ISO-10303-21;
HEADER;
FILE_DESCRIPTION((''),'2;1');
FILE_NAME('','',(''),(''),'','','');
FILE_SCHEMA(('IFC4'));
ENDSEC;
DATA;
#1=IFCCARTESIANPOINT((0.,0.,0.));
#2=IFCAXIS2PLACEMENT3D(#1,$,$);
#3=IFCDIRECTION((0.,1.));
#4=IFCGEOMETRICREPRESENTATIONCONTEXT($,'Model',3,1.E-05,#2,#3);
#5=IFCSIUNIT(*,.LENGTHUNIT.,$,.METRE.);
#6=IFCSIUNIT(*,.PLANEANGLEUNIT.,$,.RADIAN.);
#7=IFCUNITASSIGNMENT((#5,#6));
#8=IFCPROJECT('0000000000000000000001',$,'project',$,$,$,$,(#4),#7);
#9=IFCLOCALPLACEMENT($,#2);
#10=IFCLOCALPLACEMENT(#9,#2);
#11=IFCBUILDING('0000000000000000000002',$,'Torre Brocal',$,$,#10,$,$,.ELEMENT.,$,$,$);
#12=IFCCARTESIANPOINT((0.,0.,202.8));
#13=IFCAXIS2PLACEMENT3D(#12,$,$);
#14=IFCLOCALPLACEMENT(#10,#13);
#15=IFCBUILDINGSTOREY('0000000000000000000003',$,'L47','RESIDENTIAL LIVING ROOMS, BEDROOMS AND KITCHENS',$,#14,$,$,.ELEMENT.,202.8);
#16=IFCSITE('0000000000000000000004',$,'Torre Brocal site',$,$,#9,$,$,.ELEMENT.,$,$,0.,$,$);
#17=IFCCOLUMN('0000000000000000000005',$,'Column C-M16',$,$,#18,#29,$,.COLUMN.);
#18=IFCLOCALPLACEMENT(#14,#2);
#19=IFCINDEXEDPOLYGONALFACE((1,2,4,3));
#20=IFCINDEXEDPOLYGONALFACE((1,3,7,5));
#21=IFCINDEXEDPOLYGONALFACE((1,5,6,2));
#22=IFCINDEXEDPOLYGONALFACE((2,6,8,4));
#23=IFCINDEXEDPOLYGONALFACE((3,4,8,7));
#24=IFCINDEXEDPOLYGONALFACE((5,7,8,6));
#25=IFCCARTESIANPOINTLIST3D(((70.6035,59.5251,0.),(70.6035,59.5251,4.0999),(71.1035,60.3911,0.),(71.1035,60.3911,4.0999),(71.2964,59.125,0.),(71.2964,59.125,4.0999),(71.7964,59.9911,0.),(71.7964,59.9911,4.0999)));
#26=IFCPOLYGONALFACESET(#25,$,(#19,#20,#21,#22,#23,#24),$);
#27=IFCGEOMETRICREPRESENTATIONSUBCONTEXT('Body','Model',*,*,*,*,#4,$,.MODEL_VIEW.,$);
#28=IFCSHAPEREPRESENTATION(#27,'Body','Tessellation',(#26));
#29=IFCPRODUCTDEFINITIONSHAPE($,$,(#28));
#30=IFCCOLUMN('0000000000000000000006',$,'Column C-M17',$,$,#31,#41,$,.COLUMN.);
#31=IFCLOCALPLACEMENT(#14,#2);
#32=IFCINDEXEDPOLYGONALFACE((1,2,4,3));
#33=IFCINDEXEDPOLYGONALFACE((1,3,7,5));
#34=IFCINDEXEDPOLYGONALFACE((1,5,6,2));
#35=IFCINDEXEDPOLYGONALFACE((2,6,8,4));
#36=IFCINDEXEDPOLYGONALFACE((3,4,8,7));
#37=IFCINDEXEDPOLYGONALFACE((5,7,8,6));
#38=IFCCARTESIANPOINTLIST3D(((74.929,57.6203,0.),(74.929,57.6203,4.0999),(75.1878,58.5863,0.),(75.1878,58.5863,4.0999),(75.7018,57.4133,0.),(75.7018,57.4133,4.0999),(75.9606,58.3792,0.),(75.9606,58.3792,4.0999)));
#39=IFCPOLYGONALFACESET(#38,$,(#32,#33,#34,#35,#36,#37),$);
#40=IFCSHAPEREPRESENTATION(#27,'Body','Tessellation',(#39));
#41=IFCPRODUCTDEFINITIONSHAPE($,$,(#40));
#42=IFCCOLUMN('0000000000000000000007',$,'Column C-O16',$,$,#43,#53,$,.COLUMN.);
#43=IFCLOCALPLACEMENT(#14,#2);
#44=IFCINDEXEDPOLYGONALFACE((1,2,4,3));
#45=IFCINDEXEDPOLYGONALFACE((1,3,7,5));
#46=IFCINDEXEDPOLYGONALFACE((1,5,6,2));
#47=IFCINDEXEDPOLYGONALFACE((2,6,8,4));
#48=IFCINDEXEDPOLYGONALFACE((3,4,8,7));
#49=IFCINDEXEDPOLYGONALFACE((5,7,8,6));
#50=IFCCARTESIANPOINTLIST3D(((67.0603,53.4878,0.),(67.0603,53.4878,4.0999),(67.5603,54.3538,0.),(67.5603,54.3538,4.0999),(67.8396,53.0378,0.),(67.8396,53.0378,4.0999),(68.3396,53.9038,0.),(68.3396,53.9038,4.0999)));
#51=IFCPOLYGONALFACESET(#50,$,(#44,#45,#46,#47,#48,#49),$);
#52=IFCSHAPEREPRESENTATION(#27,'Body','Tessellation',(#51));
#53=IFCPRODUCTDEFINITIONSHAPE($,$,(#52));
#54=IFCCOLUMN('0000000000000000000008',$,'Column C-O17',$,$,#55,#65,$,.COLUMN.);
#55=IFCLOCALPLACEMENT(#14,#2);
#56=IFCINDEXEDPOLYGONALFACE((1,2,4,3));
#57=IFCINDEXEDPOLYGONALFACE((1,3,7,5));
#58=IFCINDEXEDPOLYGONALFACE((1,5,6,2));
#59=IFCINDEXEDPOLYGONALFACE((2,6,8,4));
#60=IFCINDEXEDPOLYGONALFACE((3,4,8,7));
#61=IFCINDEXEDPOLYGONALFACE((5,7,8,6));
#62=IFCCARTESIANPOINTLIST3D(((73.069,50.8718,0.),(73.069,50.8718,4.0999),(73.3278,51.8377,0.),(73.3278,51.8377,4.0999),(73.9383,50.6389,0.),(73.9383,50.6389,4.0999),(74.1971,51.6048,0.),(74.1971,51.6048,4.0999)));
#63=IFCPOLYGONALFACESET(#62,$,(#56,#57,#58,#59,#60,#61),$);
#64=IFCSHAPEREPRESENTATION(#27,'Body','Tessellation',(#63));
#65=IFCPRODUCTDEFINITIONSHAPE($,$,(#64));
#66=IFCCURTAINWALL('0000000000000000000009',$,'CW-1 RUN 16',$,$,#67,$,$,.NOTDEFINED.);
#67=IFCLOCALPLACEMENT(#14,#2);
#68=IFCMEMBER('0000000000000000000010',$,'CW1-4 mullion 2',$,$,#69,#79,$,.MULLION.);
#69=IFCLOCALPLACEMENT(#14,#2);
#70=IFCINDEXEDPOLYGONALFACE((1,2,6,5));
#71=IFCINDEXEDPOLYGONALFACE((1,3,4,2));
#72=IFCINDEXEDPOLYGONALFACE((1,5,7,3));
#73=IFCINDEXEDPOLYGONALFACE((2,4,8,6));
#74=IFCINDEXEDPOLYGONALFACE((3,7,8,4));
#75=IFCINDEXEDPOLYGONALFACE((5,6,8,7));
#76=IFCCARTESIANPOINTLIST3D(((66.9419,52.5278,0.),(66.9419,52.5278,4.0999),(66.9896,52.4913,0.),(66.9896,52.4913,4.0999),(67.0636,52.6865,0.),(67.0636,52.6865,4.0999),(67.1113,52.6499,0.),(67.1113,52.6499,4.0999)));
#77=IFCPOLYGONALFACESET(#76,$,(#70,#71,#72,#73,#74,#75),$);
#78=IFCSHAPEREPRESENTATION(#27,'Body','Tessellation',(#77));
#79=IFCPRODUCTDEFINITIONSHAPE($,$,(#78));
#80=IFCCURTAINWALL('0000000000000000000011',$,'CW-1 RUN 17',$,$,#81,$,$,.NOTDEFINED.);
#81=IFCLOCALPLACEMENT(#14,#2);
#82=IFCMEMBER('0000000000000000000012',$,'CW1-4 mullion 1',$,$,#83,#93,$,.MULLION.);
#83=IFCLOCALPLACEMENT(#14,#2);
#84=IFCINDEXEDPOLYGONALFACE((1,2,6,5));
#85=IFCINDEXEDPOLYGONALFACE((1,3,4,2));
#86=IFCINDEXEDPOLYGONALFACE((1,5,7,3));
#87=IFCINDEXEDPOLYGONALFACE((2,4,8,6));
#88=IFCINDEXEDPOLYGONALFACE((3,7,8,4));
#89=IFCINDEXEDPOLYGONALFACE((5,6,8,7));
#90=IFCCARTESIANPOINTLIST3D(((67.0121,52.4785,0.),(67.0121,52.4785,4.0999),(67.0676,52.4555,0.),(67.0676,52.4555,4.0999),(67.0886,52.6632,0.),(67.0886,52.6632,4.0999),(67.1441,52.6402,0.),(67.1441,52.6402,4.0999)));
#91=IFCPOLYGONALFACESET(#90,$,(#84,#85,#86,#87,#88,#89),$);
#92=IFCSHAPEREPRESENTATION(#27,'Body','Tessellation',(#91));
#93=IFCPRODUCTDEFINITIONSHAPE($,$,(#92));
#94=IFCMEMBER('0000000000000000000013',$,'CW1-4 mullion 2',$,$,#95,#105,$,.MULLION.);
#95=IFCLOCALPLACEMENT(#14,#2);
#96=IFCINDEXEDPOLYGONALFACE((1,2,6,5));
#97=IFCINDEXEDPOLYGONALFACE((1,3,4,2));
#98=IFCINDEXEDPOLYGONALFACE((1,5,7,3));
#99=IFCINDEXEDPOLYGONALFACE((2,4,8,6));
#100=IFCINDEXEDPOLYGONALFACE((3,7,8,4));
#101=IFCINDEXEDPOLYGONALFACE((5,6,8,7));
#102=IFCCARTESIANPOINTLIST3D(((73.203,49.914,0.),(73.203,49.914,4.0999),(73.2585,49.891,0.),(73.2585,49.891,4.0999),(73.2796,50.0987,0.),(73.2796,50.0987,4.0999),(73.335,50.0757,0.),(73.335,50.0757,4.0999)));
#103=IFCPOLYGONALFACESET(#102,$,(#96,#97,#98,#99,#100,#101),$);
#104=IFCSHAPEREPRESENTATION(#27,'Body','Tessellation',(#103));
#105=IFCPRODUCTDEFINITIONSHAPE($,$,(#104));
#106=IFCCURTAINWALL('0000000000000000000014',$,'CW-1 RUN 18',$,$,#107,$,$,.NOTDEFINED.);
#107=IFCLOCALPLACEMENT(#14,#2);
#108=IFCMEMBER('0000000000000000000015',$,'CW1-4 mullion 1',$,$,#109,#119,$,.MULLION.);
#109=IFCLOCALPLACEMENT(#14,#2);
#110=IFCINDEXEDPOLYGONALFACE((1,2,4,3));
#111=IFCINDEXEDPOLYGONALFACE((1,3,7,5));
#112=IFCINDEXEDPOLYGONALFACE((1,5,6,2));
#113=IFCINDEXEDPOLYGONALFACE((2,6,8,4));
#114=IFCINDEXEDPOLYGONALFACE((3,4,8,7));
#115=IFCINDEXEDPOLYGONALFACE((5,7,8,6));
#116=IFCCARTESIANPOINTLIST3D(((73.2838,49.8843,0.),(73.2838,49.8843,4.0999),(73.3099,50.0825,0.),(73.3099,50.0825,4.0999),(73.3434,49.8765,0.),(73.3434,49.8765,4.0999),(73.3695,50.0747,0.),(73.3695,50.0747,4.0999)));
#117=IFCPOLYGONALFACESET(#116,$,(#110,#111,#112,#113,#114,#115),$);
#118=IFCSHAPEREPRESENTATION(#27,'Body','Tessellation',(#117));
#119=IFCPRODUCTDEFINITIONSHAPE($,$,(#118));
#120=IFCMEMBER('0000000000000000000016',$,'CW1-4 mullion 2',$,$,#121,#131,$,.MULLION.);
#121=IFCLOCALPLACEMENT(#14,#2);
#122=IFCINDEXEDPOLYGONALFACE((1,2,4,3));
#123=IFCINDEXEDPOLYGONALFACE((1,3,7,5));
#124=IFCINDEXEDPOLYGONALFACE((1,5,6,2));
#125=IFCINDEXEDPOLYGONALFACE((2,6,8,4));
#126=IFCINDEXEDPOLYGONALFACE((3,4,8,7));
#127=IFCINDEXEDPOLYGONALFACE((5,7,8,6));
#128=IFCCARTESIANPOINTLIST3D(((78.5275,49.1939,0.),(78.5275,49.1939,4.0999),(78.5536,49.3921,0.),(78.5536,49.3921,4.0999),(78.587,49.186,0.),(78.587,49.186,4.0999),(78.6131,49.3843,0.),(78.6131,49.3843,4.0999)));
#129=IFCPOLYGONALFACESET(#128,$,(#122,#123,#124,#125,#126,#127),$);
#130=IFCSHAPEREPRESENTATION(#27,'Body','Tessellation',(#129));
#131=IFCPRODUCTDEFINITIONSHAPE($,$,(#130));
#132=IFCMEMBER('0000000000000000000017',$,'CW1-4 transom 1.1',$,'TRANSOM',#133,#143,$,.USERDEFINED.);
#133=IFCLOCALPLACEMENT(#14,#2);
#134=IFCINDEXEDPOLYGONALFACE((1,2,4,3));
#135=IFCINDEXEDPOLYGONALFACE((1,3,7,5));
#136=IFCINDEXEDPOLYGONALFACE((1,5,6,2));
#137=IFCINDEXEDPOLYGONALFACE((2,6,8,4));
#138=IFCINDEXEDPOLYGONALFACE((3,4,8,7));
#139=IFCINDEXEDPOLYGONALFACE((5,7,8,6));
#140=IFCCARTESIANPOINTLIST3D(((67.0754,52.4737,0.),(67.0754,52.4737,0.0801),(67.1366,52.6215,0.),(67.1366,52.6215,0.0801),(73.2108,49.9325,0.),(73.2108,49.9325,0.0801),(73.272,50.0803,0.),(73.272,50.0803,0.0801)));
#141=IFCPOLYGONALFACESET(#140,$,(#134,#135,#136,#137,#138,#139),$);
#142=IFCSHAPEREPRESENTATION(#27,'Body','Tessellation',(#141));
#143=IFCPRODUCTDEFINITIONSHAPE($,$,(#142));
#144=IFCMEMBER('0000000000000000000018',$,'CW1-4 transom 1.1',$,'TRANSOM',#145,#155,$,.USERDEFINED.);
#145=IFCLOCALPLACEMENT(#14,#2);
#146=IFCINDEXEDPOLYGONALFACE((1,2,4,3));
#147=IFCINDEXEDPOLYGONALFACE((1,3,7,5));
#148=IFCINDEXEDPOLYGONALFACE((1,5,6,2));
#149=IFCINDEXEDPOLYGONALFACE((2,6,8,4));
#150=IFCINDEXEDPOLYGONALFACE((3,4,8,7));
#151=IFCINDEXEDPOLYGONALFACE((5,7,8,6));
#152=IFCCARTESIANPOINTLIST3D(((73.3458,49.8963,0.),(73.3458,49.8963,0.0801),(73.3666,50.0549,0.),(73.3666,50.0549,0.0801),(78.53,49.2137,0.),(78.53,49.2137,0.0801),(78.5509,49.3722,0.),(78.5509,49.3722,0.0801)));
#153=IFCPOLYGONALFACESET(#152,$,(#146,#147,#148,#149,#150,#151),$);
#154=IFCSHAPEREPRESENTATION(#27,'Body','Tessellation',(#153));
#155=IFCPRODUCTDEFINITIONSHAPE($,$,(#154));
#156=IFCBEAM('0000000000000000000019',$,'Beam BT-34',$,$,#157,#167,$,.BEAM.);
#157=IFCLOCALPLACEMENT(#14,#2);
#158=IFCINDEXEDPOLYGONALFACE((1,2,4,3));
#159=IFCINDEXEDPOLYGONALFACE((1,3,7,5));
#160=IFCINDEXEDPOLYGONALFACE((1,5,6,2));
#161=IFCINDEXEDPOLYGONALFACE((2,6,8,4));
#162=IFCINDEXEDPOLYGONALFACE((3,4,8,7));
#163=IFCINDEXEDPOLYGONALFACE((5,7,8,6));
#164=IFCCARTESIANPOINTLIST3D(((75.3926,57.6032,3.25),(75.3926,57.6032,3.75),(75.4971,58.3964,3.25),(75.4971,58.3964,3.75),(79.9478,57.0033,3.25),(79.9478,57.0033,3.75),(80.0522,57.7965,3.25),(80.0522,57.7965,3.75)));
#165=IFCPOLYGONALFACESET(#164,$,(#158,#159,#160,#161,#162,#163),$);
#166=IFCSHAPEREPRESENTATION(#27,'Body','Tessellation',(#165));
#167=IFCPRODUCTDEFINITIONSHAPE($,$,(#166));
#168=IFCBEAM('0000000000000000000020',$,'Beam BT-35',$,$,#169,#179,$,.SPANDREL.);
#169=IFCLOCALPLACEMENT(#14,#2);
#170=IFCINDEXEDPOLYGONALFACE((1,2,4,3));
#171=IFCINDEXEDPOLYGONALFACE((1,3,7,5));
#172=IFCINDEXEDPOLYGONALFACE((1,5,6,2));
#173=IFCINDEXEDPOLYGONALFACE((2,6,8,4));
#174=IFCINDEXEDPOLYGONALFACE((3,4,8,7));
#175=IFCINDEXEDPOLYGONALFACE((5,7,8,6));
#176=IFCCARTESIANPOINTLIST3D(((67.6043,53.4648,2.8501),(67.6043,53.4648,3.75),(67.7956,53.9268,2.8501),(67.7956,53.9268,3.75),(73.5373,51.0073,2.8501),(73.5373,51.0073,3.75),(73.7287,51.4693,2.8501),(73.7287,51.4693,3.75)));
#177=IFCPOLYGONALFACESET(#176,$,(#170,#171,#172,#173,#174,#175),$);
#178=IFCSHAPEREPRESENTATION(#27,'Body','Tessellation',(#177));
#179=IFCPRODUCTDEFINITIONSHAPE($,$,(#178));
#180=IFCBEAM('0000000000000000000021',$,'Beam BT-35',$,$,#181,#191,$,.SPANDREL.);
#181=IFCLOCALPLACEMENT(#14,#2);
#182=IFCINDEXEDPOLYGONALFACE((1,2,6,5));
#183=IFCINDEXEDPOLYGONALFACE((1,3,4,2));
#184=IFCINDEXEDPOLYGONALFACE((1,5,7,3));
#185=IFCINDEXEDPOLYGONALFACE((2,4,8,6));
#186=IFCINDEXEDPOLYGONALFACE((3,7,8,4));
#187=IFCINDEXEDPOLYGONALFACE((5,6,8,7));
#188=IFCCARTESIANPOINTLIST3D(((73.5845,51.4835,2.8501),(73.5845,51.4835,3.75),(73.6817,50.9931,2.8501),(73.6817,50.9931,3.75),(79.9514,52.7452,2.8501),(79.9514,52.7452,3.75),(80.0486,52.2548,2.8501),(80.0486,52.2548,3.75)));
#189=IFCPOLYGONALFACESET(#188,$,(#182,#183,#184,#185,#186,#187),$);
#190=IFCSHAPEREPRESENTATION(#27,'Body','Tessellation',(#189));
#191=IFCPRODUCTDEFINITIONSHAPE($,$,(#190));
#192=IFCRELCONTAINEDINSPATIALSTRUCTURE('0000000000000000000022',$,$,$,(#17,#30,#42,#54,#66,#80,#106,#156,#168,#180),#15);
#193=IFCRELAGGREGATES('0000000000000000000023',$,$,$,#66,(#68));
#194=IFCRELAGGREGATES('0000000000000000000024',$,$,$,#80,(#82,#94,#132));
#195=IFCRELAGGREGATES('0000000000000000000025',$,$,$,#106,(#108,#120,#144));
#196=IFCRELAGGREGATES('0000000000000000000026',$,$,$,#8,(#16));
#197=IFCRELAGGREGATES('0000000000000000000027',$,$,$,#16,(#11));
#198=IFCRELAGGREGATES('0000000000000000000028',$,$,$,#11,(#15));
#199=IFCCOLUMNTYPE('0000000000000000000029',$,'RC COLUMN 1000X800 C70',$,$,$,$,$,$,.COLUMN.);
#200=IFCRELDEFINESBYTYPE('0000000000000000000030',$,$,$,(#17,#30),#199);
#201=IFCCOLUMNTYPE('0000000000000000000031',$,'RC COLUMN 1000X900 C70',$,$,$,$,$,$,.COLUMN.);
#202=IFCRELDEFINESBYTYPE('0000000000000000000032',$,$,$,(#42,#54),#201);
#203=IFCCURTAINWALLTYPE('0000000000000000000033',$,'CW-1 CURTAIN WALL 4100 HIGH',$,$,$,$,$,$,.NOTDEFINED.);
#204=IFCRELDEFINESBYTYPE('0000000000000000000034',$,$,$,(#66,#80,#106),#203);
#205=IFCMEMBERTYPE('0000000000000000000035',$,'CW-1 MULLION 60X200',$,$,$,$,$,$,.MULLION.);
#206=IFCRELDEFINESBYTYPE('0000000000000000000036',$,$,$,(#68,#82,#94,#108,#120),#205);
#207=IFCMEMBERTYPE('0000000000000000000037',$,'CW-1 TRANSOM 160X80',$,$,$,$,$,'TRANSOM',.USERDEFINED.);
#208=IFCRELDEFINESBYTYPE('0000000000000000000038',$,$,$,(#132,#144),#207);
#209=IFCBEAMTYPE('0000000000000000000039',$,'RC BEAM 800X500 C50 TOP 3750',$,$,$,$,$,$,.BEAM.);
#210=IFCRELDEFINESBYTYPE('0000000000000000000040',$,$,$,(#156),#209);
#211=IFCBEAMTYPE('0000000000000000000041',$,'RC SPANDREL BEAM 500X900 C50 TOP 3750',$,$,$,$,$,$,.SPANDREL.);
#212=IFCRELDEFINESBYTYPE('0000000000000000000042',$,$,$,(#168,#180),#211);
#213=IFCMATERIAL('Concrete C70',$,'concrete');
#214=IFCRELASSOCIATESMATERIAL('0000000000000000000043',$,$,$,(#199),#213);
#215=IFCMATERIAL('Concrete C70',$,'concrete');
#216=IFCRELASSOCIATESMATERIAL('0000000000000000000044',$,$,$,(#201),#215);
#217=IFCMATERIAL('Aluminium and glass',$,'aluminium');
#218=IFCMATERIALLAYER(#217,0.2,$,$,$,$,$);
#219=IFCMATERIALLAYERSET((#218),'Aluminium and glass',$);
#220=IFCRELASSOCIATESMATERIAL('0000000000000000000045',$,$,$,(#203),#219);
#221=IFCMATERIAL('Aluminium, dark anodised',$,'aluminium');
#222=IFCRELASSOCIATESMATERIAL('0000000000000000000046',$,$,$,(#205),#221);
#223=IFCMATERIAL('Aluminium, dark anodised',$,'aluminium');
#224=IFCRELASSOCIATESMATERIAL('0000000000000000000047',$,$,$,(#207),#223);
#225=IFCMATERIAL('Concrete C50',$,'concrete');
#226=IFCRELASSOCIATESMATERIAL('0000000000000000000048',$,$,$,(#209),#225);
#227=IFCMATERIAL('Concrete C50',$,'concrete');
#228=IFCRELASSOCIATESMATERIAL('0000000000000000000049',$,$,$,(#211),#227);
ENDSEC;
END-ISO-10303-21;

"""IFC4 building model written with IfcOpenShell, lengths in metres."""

from ifc_helpers import new_model, si_unit, direction, frame, origin, origin_2d, place, context, subcontext, project, spatial, rectangle, extrude, material, layer, layer_set, material_profile, profile_set, type_object, element, aggregate, save


model = new_model("IFC4")

# Units and contexts
model_context = context("Model", 3, precision=1e-05, world=origin(), true_north=direction((0.0, 1.0)))
body_context = subcontext(model_context, "Body", "Model", "MODEL_VIEW")
ifc_project = project(units=[si_unit("LENGTHUNIT", "METRE"), si_unit("PLANEANGLEUNIT", "RADIAN")], contexts=[model_context])

# Site, building, storey
site_placement = place(None, origin())
site = spatial("IfcSite", under=ifc_project, at=site_placement, Name="Torre Brocal site", CompositionType="ELEMENT", RefElevation=0.0)
building_placement = place(site_placement, origin())
building = spatial("IfcBuilding", under=site, at=building_placement, Name="Torre Brocal", CompositionType="ELEMENT")
storey_placement = place(building_placement, frame((0.0, 0.0, 202.8)))
storey = spatial("IfcBuildingStorey", under=building, at=storey_placement, Name="L47", Description="RESIDENTIAL LIVING ROOMS, BEDROOMS AND KITCHENS", CompositionType="ELEMENT", Elevation=202.8)

# Columns
ifc_material_1 = material(Name="Concrete C70", Category="concrete")
ifc_material_profile_1 = material_profile(ifc_material_1, rectangle(XDim=1.0, YDim=0.8, at=origin_2d()), Name="RC 1000X800")
ifc_profile_set_1 = profile_set([ifc_material_profile_1], Name="Concrete C70")
column_type_1 = type_object("IfcColumnType", Name="RC COLUMN 1000X800 C70", PredefinedType="COLUMN", material=ifc_profile_set_1)
for number, where, z_axis, x_axis, name in (
    (1, (71.2, 59.7581, 0.0), (0.0, 0.0, 1.0), (-0.5, -0.866025, 0.0), "Column C-M16"),
    (2, (75.4448, 57.9998, 0.0), (0.0, 0.0, 1.0), (-0.258819, -0.965926, 0.0), "Column C-M17"),
):
    element("IfcColumn", number, at=place(storey_placement, frame(where, z_axis=z_axis, x_axis=x_axis)), inside=storey, type_object=column_type_1, Name=name, PredefinedType="COLUMN", context=body_context, shape_type="SweptSolid", body=[
        extrude(rectangle(XDim=1.0, YDim=0.8, at=origin_2d()), origin(), (0.0, 0.0, 1.0), 4.0999),
    ])
ifc_material_2 = material(Name="Concrete C70", Category="concrete")
ifc_material_profile_2 = material_profile(ifc_material_2, rectangle(XDim=1.0, YDim=0.8999, at=origin_2d()), Name="RC 1000X900")
ifc_profile_set_2 = profile_set([ifc_material_profile_2], Name="Concrete C70")
column_type_2 = type_object("IfcColumnType", Name="RC COLUMN 1000X900 C70", PredefinedType="COLUMN", material=ifc_profile_set_2)
for number, where, z_axis, x_axis, name in (
    (3, (67.7, 53.6958, 0.0), (0.0, 0.0, 1.0), (-0.5, -0.866025, 0.0), "Column C-O16"),
    (4, (73.6331, 51.2383, 0.0), (0.0, 0.0, 1.0), (-0.258819, -0.965926, 0.0), "Column C-O17"),
):
    element("IfcColumn", number, at=place(storey_placement, frame(where, z_axis=z_axis, x_axis=x_axis)), inside=storey, type_object=column_type_2, Name=name, PredefinedType="COLUMN", context=body_context, shape_type="SweptSolid", body=[
        extrude(rectangle(XDim=1.0, YDim=0.8999, at=origin_2d()), origin(), (0.0, 0.0, 1.0), 4.0999),
    ])

# Curtain wall, member
ifc_material_3 = material(Name="Aluminium and glass", Category="aluminium")
ifc_layer_1 = layer(ifc_material_3, 0.2)
ifc_layer_set_1 = layer_set([ifc_layer_1], Name="Aluminium and glass")
curtain_wall_type = type_object("IfcCurtainWallType", Name="CW-1 CURTAIN WALL 4100 HIGH", PredefinedType="NOTDEFINED", material=ifc_layer_set_1)
curtain_wall_1_placement = place(storey_placement, origin())
curtain_wall_1 = element("IfcCurtainWall", 5, at=curtain_wall_1_placement, inside=storey, type_object=curtain_wall_type, Name="CW-1 RUN 16", PredefinedType="NOTDEFINED")
ifc_material_4 = material(Name="Aluminium, dark anodised", Category="aluminium")
ifc_material_profile_3 = material_profile(ifc_material_4, rectangle(XDim=0.2, YDim=0.0601, at=origin_2d()), Name="CW-1 MULLION 60X200")
ifc_profile_set_3 = profile_set([ifc_material_profile_3], Name="Aluminium, dark anodised")
member_type_1 = type_object("IfcMemberType", Name="CW-1 MULLION 60X200", PredefinedType="MULLION", material=ifc_profile_set_3)
member_1_placement = place(storey_placement, frame((67.0266, 52.5889, 0.0), z_axis=(0.0, 0.0, 1.0), x_axis=(0.608761, 0.793353, 0.0)))
member_1 = element("IfcMember", 6, at=member_1_placement, type_object=member_type_1, Name="CW1-4 mullion 2", PredefinedType="MULLION", context=body_context, shape_type="SweptSolid", body=[
    extrude(rectangle(XDim=0.2, YDim=0.0601, at=origin_2d()), origin(), (0.0, 0.0, 1.0), 4.0999),
])
aggregate(curtain_wall_1, [member_1])

# Curtain walls, members
curtain_wall_2_placement = place(storey_placement, origin())
curtain_wall_2 = element("IfcCurtainWall", 7, at=curtain_wall_2_placement, inside=storey, type_object=curtain_wall_type, Name="CW-1 RUN 17", PredefinedType="NOTDEFINED")
member_2_placement = place(storey_placement, frame((67.0781, 52.5593, 0.0), z_axis=(0.0, 0.0, 1.0), x_axis=(0.382683, 0.92388, 0.0)))
member_2 = element("IfcMember", 8, at=member_2_placement, type_object=member_type_1, Name="CW1-4 mullion 1", PredefinedType="MULLION", context=body_context, shape_type="SweptSolid", body=[
    extrude(rectangle(XDim=0.2, YDim=0.0601, at=origin_2d()), origin(), (0.0, 0.0, 1.0), 4.0999),
])
member_3_placement = place(storey_placement, frame((73.269, 49.9949, 0.0), z_axis=(0.0, 0.0, 1.0), x_axis=(0.382683, 0.92388, 0.0)))
member_3 = element("IfcMember", 9, at=member_3_placement, type_object=member_type_1, Name="CW1-4 mullion 2", PredefinedType="MULLION", context=body_context, shape_type="SweptSolid", body=[
    extrude(rectangle(XDim=0.2, YDim=0.0601, at=origin_2d()), origin(), (0.0, 0.0, 1.0), 4.0999),
])
curtain_wall_3_placement = place(storey_placement, origin())
curtain_wall_3 = element("IfcCurtainWall", 10, at=curtain_wall_3_placement, inside=storey, type_object=curtain_wall_type, Name="CW-1 RUN 18", PredefinedType="NOTDEFINED")
member_4_placement = place(storey_placement, frame((73.3267, 49.9795, 0.0), z_axis=(0.0, 0.0, 1.0), x_axis=(0.130526, 0.991445, 0.0)))
member_4 = element("IfcMember", 11, at=member_4_placement, type_object=member_type_1, Name="CW1-4 mullion 1", PredefinedType="MULLION", context=body_context, shape_type="SweptSolid", body=[
    extrude(rectangle(XDim=0.2, YDim=0.0601, at=origin_2d()), origin(), (0.0, 0.0, 1.0), 4.0999),
])
member_5_placement = place(storey_placement, frame((78.5703, 49.2891, 0.0), z_axis=(0.0, 0.0, 1.0), x_axis=(0.130526, 0.991445, 0.0)))
member_5 = element("IfcMember", 12, at=member_5_placement, type_object=member_type_1, Name="CW1-4 mullion 2", PredefinedType="MULLION", context=body_context, shape_type="SweptSolid", body=[
    extrude(rectangle(XDim=0.2, YDim=0.0601, at=origin_2d()), origin(), (0.0, 0.0, 1.0), 4.0999),
])

# Members
ifc_material_5 = material(Name="Aluminium, dark anodised", Category="aluminium")
ifc_material_profile_4 = material_profile(ifc_material_5, rectangle(XDim=0.1599, YDim=0.0801, at=origin_2d()), Name="CW-1 TRANSOM 160X80")
ifc_profile_set_4 = profile_set([ifc_material_profile_4], Name="Aluminium, dark anodised")
member_type_2 = type_object("IfcMemberType", Name="CW-1 TRANSOM 160X80", ElementType="TRANSOM", PredefinedType="USERDEFINED", material=ifc_profile_set_4)
member_6_placement = place(storey_placement, frame((67.106, 52.5476, 0.04), z_axis=(0.923887, -0.382665, 0.0), x_axis=(0.382665, 0.923887, 0.0)))
member_6 = element("IfcMember", 13, at=member_6_placement, type_object=member_type_2, Name="CW1-4 transom 1.1", ObjectType="TRANSOM", PredefinedType="USERDEFINED", context=body_context, shape_type="SweptSolid", body=[
    extrude(rectangle(XDim=0.1599, YDim=0.0801, at=origin_2d()), origin(), (0.0, 0.0, 1.0), 6.6409),
])
member_7_placement = place(storey_placement, frame((73.3562, 49.9756, 0.04), z_axis=(0.991443, -0.130543, 0.0), x_axis=(0.130543, 0.991443, 0.0)))
member_7 = element("IfcMember", 14, at=member_7_placement, type_object=member_type_2, Name="CW1-4 transom 1.1", ObjectType="TRANSOM", PredefinedType="USERDEFINED", context=body_context, shape_type="SweptSolid", body=[
    extrude(rectangle(XDim=0.1599, YDim=0.0801, at=origin_2d()), origin(), (0.0, 0.0, 1.0), 5.229),
])

# Beams
ifc_material_6 = material(Name="Concrete C50", Category="concrete")
ifc_material_profile_5 = material_profile(ifc_material_6, rectangle(XDim=0.8, YDim=0.5, at=origin_2d()), Name="RC 800X500")
ifc_profile_set_5 = profile_set([ifc_material_profile_5], Name="Concrete C50")
beam_type_1 = type_object("IfcBeamType", Name="RC BEAM 800X500 C50 TOP 3750", PredefinedType="BEAM", material=ifc_profile_set_5)
beam_1_placement = place(storey_placement, frame((75.4448, 57.9998, 3.5), z_axis=(0.991441, -0.130559, 0.0), x_axis=(0.130559, 0.991441, 0.0)))
element("IfcBeam", 15, at=beam_1_placement, inside=storey, type_object=beam_type_1, Name="Beam BT-34", PredefinedType="BEAM", context=body_context, shape_type="SweptSolid", body=[
    extrude(rectangle(XDim=0.8, YDim=0.5, at=origin_2d()), origin(), (0.0, 0.0, 1.0), 4.5945),
])
ifc_material_7 = material(Name="Concrete C50", Category="concrete")
ifc_material_profile_6 = material_profile(ifc_material_7, rectangle(XDim=0.5, YDim=0.8999, at=origin_2d()), Name="RC 500X900")
ifc_profile_set_6 = profile_set([ifc_material_profile_6], Name="Concrete C50")
beam_type_2 = type_object("IfcBeamType", Name="RC SPANDREL BEAM 500X900 C50 TOP 3750", PredefinedType="SPANDREL", material=ifc_profile_set_6)
beam_2_placement = place(storey_placement, frame((67.7, 53.6958, 3.3), z_axis=(0.923882, -0.382676, 0.0), x_axis=(0.382676, 0.923882, 0.0)))
element("IfcBeam", 16, at=beam_2_placement, inside=storey, type_object=beam_type_2, Name="Beam BT-35", PredefinedType="SPANDREL", context=body_context, shape_type="SweptSolid", body=[
    extrude(rectangle(XDim=0.5, YDim=0.8999, at=origin_2d()), origin(), (0.0, 0.0, 1.0), 6.4219),
])
beam_3_placement = place(storey_placement, frame((73.6331, 51.2383, 3.3), z_axis=(0.980925, 0.194387, 0.0), x_axis=(-0.194387, 0.980925, 0.0)))
element("IfcBeam", 17, at=beam_3_placement, inside=storey, type_object=beam_type_2, Name="Beam BT-35", PredefinedType="SPANDREL", context=body_context, shape_type="SweptSolid", body=[
    extrude(rectangle(XDim=0.5, YDim=0.8999, at=origin_2d()), origin(), (0.0, 0.0, 1.0), 6.4907),
])

aggregate(curtain_wall_2, [member_2, member_3, member_6])
aggregate(curtain_wall_3, [member_4, member_5, member_7])

save(model, "model.ifc")
